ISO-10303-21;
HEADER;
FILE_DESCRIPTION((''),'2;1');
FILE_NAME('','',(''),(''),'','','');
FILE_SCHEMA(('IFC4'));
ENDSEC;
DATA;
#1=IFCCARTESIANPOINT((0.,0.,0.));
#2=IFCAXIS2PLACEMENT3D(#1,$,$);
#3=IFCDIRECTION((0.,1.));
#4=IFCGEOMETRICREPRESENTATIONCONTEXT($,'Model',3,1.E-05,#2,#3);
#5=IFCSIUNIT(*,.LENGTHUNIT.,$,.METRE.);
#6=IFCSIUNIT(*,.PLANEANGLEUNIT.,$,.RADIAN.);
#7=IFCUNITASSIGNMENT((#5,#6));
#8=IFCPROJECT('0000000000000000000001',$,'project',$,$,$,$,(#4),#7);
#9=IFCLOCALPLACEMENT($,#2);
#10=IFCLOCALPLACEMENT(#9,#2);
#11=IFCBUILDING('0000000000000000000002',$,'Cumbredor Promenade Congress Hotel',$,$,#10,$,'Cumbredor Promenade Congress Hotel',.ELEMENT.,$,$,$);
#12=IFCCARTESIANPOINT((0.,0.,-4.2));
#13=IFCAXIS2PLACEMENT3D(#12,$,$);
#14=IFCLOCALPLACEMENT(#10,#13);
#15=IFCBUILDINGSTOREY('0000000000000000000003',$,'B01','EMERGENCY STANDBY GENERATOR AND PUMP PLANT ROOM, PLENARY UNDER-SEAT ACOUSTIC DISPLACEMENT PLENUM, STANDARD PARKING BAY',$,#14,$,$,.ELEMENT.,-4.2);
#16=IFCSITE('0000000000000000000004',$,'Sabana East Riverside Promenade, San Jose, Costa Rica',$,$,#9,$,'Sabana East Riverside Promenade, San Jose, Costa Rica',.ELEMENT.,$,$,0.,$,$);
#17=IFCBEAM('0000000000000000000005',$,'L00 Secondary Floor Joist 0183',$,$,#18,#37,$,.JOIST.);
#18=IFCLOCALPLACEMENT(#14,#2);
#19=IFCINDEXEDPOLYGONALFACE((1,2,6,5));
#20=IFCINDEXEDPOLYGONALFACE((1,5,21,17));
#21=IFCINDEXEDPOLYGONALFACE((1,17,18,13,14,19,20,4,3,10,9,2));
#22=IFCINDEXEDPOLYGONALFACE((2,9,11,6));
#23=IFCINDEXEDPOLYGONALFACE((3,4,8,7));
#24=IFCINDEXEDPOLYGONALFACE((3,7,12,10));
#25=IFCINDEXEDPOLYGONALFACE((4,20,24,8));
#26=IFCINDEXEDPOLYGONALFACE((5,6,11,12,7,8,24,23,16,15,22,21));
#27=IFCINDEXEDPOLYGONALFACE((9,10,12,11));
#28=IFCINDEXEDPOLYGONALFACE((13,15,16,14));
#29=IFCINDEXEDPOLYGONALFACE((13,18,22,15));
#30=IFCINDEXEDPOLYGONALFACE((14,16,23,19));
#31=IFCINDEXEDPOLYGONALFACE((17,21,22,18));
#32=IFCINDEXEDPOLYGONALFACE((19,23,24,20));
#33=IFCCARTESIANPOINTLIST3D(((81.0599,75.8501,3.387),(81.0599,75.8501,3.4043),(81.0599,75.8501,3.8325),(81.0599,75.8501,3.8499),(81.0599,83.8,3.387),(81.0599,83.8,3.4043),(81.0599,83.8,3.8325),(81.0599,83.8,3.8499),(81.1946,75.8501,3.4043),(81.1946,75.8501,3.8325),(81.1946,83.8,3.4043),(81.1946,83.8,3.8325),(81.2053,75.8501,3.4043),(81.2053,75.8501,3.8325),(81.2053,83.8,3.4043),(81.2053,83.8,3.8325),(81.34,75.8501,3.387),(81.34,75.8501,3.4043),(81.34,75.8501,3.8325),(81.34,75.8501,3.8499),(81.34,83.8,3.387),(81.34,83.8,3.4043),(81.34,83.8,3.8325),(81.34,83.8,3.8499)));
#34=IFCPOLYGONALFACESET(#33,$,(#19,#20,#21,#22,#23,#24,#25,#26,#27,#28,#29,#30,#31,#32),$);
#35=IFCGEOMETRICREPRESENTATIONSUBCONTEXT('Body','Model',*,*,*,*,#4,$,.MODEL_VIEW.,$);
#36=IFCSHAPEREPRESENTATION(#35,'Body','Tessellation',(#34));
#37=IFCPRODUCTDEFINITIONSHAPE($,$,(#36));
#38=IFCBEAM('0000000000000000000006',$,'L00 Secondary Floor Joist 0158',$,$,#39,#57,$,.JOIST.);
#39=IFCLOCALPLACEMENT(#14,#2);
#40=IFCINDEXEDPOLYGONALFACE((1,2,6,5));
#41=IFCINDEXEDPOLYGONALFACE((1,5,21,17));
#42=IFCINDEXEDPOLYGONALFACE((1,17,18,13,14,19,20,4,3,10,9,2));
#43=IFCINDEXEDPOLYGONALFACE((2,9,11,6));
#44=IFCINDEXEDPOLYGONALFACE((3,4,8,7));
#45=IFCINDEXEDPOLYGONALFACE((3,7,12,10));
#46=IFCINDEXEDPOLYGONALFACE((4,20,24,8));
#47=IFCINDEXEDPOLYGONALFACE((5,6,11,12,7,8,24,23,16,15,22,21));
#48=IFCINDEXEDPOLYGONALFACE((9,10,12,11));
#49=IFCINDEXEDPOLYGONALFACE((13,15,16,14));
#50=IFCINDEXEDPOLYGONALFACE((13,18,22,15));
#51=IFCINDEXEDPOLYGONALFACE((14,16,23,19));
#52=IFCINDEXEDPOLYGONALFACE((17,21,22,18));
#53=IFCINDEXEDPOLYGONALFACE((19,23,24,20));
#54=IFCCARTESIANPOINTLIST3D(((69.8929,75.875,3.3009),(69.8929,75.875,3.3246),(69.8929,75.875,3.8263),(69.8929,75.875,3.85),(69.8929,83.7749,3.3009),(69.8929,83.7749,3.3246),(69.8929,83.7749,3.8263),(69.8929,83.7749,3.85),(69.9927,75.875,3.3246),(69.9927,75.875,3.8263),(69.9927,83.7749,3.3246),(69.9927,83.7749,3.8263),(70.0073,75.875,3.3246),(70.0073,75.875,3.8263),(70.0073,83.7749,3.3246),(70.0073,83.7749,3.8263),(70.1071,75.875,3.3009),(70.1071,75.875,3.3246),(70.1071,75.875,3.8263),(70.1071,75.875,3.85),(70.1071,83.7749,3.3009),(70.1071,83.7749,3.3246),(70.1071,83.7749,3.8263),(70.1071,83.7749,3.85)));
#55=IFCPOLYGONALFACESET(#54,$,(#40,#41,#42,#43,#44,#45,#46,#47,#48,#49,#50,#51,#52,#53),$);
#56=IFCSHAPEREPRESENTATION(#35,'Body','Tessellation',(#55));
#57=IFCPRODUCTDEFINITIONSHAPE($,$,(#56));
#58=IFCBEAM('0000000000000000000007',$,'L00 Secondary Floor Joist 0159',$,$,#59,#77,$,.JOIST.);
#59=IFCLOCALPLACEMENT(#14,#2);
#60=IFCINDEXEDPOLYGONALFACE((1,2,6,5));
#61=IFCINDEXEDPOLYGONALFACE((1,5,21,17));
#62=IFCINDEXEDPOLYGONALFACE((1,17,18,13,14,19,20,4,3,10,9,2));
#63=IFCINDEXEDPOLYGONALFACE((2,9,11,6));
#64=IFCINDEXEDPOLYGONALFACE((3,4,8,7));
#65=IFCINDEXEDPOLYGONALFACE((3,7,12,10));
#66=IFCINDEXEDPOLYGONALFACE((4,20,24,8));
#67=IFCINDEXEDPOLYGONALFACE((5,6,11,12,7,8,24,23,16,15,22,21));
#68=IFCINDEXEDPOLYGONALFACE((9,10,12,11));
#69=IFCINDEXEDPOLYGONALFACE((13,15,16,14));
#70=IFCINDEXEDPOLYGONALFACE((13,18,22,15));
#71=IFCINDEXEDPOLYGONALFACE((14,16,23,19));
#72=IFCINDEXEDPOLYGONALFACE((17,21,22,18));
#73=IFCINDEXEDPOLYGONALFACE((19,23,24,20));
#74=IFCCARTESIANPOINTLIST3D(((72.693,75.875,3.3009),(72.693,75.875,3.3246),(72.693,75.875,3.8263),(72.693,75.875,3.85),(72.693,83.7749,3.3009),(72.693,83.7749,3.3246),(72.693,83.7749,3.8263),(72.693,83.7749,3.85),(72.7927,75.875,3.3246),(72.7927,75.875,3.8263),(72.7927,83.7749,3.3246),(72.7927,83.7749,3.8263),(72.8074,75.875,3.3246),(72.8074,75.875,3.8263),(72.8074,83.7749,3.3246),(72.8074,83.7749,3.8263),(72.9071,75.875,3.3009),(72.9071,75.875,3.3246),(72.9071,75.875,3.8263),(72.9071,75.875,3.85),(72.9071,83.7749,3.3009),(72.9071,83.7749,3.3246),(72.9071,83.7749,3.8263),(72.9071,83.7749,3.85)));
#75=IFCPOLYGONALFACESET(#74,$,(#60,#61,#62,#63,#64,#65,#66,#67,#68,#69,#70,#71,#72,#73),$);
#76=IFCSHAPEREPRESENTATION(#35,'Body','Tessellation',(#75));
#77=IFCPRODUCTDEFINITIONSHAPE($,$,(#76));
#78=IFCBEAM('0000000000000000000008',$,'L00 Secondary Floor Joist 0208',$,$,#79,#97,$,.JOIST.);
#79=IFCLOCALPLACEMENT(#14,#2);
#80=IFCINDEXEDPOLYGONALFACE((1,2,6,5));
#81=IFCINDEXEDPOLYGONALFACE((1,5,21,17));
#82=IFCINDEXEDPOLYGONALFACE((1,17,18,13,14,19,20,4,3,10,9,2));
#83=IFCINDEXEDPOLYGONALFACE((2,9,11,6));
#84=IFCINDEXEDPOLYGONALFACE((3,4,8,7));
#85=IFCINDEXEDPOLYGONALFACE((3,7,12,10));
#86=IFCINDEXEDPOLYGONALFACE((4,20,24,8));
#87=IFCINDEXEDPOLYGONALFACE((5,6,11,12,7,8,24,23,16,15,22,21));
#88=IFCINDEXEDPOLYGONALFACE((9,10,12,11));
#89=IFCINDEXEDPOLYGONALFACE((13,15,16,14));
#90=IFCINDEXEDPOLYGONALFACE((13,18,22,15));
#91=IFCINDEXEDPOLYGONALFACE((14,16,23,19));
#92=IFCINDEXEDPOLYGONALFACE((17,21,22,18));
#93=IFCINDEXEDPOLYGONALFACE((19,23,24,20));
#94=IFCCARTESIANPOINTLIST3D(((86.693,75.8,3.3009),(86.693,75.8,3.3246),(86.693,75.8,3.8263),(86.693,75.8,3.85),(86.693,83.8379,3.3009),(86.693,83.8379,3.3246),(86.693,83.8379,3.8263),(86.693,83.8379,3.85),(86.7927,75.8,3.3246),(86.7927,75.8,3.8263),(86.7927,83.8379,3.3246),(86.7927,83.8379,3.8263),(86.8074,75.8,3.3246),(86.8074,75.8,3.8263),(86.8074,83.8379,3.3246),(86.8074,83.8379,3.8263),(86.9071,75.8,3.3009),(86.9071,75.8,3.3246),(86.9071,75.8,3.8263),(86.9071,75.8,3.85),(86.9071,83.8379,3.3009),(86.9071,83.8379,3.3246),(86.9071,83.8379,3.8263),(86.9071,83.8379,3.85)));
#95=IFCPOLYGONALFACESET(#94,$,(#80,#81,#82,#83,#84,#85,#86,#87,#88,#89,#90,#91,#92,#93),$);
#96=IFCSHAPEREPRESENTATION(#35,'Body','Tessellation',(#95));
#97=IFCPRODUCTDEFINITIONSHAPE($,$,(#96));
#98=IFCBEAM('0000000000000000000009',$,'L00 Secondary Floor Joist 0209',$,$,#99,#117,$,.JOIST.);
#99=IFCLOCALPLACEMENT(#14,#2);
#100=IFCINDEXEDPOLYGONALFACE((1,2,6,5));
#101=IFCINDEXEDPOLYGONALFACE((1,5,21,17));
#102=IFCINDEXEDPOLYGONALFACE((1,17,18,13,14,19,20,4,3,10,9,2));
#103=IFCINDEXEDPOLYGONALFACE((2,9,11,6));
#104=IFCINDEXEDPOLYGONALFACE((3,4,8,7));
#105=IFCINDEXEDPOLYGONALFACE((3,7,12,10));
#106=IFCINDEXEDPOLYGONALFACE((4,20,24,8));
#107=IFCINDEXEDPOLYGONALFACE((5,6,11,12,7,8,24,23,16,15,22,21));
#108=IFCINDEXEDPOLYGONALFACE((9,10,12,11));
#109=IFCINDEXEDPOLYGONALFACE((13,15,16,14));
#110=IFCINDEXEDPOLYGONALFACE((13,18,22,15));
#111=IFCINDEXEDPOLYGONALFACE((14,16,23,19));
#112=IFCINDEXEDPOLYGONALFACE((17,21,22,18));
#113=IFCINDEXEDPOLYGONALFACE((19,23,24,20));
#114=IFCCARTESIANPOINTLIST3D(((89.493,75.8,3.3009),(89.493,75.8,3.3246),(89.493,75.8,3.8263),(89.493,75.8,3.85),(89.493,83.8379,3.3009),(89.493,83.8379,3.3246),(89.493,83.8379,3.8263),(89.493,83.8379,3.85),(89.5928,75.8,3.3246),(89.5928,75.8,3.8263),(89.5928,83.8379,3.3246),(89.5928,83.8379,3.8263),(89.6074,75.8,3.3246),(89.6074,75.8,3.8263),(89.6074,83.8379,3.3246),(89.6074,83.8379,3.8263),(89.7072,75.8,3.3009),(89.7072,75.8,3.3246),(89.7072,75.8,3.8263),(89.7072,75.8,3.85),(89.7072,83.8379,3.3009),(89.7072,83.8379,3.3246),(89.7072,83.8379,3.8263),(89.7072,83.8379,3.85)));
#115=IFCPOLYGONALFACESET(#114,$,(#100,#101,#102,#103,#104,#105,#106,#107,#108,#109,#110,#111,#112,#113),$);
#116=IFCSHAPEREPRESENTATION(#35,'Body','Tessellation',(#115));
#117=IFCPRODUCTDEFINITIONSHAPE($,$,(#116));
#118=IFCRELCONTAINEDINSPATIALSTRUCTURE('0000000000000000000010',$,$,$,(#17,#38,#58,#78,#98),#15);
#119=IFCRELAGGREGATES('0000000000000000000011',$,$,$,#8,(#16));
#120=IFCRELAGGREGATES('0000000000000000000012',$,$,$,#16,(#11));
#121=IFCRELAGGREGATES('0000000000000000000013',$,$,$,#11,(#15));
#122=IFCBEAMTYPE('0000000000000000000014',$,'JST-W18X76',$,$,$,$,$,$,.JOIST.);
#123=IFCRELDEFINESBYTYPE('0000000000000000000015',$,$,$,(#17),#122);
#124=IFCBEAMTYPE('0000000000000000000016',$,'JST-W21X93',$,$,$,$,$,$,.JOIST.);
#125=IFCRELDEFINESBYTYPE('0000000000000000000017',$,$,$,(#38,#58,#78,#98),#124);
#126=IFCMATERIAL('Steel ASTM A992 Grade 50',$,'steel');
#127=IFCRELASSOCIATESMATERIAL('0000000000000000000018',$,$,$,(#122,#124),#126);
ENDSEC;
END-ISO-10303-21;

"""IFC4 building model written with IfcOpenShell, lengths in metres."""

from ifc_helpers import new_model, si_unit, direction, frame, origin, origin_2d, place, context, subcontext, project, spatial, i_section, extrude, material, material_profile, profile_set, type_object, element, save


model = new_model("IFC4")

# Units and contexts
model_context = context("Model", 3, precision=1e-05, world=origin(), true_north=direction((0.0, 1.0)))
body_context = subcontext(model_context, "Body", "Model", "MODEL_VIEW")
ifc_project = project(units=[si_unit("LENGTHUNIT", "METRE"), si_unit("PLANEANGLEUNIT", "RADIAN")], contexts=[model_context])

# Site, building, storey
site_placement = place(None, origin())
site = spatial("IfcSite", under=ifc_project, at=site_placement, Name="Sabana East Riverside Promenade, San Jose, Costa Rica", LongName="Sabana East Riverside Promenade, San Jose, Costa Rica", CompositionType="ELEMENT", RefElevation=0.0)
building_placement = place(site_placement, origin())
building = spatial("IfcBuilding", under=site, at=building_placement, Name="Cumbredor Promenade Congress Hotel", LongName="Cumbredor Promenade Congress Hotel", CompositionType="ELEMENT")
storey_placement = place(building_placement, frame((0.0, 0.0, -4.2)))
storey = spatial("IfcBuildingStorey", under=building, at=storey_placement, Name="B01", Description="EMERGENCY STANDBY GENERATOR AND PUMP PLANT ROOM, PLENARY UNDER-SEAT ACOUSTIC DISPLACEMENT PLENUM, STANDARD PARKING BAY", CompositionType="ELEMENT", Elevation=-4.2)

# Beams
ifc_material_1 = material(Name="Steel ASTM A992 Grade 50", Category="steel")
ifc_material_profile_1 = material_profile(ifc_material_1, i_section(OverallWidth=0.28, OverallDepth=0.4629, WebThickness=0.0107, FlangeThickness=0.0173, at=origin_2d()), Name="W18X76")
ifc_profile_set_1 = profile_set([ifc_material_profile_1], Name="Steel ASTM A992 Grade 50")
beam_type_1 = type_object("IfcBeamType", Name="JST-W18X76", PredefinedType="JOIST", material=ifc_profile_set_1)
for number, where, z_axis, x_axis, name in (
    (1, (81.2, 75.8501, 3.6184), (0.0, 1.0, 0.0), (-1.0, 0.0, 0.0), "L00 Secondary Floor Joist 0183"),
):
    element("IfcBeam", number, at=place(storey_placement, frame(where, z_axis=z_axis, x_axis=x_axis)), inside=storey, type_object=beam_type_1, Name=name, PredefinedType="JOIST", context=body_context, shape_type="SweptSolid", body=[
        extrude(i_section(OverallWidth=0.28, OverallDepth=0.4629, WebThickness=0.0107, FlangeThickness=0.0173, at=origin_2d()), origin(), (0.0, 0.0, 1.0), 7.95),
    ])
ifc_material_profile_2 = material_profile(ifc_material_1, i_section(OverallWidth=0.2141, OverallDepth=0.5491, WebThickness=0.0146, FlangeThickness=0.0237, at=origin_2d()), Name="W21X93")
ifc_profile_set_2 = profile_set([ifc_material_profile_2], Name="Steel ASTM A992 Grade 50")
beam_type_2 = type_object("IfcBeamType", Name="JST-W21X93", PredefinedType="JOIST", material=ifc_profile_set_2)
for number, where, z_axis, x_axis, name in (
    (2, (70.0, 75.875, 3.5754), (0.0, 1.0, 0.0), (-1.0, 0.0, 0.0), "L00 Secondary Floor Joist 0158"),
    (3, (72.8, 75.875, 3.5754), (0.0, 1.0, 0.0), (-1.0, 0.0, 0.0), "L00 Secondary Floor Joist 0159"),
):
    element("IfcBeam", number, at=place(storey_placement, frame(where, z_axis=z_axis, x_axis=x_axis)), inside=storey, type_object=beam_type_2, Name=name, PredefinedType="JOIST", context=body_context, shape_type="SweptSolid", body=[
        extrude(i_section(OverallWidth=0.2141, OverallDepth=0.5491, WebThickness=0.0146, FlangeThickness=0.0237, at=origin_2d()), origin(), (0.0, 0.0, 1.0), 7.8999),
    ])
for number, where, z_axis, x_axis, name in (
    (4, (86.8, 75.8, 3.5754), (0.0, 1.0, 0.0), (-1.0, 0.0, 0.0), "L00 Secondary Floor Joist 0208"),
    (5, (89.6001, 75.8, 3.5754), (0.0, 1.0, 0.0), (-1.0, 0.0, 0.0), "L00 Secondary Floor Joist 0209"),
):
    element("IfcBeam", number, at=place(storey_placement, frame(where, z_axis=z_axis, x_axis=x_axis)), inside=storey, type_object=beam_type_2, Name=name, PredefinedType="JOIST", context=body_context, shape_type="SweptSolid", body=[
        extrude(i_section(OverallWidth=0.2141, OverallDepth=0.5491, WebThickness=0.0146, FlangeThickness=0.0237, at=origin_2d()), origin(), (0.0, 0.0, 1.0), 8.0378),
    ])

save(model, "model.ifc")
